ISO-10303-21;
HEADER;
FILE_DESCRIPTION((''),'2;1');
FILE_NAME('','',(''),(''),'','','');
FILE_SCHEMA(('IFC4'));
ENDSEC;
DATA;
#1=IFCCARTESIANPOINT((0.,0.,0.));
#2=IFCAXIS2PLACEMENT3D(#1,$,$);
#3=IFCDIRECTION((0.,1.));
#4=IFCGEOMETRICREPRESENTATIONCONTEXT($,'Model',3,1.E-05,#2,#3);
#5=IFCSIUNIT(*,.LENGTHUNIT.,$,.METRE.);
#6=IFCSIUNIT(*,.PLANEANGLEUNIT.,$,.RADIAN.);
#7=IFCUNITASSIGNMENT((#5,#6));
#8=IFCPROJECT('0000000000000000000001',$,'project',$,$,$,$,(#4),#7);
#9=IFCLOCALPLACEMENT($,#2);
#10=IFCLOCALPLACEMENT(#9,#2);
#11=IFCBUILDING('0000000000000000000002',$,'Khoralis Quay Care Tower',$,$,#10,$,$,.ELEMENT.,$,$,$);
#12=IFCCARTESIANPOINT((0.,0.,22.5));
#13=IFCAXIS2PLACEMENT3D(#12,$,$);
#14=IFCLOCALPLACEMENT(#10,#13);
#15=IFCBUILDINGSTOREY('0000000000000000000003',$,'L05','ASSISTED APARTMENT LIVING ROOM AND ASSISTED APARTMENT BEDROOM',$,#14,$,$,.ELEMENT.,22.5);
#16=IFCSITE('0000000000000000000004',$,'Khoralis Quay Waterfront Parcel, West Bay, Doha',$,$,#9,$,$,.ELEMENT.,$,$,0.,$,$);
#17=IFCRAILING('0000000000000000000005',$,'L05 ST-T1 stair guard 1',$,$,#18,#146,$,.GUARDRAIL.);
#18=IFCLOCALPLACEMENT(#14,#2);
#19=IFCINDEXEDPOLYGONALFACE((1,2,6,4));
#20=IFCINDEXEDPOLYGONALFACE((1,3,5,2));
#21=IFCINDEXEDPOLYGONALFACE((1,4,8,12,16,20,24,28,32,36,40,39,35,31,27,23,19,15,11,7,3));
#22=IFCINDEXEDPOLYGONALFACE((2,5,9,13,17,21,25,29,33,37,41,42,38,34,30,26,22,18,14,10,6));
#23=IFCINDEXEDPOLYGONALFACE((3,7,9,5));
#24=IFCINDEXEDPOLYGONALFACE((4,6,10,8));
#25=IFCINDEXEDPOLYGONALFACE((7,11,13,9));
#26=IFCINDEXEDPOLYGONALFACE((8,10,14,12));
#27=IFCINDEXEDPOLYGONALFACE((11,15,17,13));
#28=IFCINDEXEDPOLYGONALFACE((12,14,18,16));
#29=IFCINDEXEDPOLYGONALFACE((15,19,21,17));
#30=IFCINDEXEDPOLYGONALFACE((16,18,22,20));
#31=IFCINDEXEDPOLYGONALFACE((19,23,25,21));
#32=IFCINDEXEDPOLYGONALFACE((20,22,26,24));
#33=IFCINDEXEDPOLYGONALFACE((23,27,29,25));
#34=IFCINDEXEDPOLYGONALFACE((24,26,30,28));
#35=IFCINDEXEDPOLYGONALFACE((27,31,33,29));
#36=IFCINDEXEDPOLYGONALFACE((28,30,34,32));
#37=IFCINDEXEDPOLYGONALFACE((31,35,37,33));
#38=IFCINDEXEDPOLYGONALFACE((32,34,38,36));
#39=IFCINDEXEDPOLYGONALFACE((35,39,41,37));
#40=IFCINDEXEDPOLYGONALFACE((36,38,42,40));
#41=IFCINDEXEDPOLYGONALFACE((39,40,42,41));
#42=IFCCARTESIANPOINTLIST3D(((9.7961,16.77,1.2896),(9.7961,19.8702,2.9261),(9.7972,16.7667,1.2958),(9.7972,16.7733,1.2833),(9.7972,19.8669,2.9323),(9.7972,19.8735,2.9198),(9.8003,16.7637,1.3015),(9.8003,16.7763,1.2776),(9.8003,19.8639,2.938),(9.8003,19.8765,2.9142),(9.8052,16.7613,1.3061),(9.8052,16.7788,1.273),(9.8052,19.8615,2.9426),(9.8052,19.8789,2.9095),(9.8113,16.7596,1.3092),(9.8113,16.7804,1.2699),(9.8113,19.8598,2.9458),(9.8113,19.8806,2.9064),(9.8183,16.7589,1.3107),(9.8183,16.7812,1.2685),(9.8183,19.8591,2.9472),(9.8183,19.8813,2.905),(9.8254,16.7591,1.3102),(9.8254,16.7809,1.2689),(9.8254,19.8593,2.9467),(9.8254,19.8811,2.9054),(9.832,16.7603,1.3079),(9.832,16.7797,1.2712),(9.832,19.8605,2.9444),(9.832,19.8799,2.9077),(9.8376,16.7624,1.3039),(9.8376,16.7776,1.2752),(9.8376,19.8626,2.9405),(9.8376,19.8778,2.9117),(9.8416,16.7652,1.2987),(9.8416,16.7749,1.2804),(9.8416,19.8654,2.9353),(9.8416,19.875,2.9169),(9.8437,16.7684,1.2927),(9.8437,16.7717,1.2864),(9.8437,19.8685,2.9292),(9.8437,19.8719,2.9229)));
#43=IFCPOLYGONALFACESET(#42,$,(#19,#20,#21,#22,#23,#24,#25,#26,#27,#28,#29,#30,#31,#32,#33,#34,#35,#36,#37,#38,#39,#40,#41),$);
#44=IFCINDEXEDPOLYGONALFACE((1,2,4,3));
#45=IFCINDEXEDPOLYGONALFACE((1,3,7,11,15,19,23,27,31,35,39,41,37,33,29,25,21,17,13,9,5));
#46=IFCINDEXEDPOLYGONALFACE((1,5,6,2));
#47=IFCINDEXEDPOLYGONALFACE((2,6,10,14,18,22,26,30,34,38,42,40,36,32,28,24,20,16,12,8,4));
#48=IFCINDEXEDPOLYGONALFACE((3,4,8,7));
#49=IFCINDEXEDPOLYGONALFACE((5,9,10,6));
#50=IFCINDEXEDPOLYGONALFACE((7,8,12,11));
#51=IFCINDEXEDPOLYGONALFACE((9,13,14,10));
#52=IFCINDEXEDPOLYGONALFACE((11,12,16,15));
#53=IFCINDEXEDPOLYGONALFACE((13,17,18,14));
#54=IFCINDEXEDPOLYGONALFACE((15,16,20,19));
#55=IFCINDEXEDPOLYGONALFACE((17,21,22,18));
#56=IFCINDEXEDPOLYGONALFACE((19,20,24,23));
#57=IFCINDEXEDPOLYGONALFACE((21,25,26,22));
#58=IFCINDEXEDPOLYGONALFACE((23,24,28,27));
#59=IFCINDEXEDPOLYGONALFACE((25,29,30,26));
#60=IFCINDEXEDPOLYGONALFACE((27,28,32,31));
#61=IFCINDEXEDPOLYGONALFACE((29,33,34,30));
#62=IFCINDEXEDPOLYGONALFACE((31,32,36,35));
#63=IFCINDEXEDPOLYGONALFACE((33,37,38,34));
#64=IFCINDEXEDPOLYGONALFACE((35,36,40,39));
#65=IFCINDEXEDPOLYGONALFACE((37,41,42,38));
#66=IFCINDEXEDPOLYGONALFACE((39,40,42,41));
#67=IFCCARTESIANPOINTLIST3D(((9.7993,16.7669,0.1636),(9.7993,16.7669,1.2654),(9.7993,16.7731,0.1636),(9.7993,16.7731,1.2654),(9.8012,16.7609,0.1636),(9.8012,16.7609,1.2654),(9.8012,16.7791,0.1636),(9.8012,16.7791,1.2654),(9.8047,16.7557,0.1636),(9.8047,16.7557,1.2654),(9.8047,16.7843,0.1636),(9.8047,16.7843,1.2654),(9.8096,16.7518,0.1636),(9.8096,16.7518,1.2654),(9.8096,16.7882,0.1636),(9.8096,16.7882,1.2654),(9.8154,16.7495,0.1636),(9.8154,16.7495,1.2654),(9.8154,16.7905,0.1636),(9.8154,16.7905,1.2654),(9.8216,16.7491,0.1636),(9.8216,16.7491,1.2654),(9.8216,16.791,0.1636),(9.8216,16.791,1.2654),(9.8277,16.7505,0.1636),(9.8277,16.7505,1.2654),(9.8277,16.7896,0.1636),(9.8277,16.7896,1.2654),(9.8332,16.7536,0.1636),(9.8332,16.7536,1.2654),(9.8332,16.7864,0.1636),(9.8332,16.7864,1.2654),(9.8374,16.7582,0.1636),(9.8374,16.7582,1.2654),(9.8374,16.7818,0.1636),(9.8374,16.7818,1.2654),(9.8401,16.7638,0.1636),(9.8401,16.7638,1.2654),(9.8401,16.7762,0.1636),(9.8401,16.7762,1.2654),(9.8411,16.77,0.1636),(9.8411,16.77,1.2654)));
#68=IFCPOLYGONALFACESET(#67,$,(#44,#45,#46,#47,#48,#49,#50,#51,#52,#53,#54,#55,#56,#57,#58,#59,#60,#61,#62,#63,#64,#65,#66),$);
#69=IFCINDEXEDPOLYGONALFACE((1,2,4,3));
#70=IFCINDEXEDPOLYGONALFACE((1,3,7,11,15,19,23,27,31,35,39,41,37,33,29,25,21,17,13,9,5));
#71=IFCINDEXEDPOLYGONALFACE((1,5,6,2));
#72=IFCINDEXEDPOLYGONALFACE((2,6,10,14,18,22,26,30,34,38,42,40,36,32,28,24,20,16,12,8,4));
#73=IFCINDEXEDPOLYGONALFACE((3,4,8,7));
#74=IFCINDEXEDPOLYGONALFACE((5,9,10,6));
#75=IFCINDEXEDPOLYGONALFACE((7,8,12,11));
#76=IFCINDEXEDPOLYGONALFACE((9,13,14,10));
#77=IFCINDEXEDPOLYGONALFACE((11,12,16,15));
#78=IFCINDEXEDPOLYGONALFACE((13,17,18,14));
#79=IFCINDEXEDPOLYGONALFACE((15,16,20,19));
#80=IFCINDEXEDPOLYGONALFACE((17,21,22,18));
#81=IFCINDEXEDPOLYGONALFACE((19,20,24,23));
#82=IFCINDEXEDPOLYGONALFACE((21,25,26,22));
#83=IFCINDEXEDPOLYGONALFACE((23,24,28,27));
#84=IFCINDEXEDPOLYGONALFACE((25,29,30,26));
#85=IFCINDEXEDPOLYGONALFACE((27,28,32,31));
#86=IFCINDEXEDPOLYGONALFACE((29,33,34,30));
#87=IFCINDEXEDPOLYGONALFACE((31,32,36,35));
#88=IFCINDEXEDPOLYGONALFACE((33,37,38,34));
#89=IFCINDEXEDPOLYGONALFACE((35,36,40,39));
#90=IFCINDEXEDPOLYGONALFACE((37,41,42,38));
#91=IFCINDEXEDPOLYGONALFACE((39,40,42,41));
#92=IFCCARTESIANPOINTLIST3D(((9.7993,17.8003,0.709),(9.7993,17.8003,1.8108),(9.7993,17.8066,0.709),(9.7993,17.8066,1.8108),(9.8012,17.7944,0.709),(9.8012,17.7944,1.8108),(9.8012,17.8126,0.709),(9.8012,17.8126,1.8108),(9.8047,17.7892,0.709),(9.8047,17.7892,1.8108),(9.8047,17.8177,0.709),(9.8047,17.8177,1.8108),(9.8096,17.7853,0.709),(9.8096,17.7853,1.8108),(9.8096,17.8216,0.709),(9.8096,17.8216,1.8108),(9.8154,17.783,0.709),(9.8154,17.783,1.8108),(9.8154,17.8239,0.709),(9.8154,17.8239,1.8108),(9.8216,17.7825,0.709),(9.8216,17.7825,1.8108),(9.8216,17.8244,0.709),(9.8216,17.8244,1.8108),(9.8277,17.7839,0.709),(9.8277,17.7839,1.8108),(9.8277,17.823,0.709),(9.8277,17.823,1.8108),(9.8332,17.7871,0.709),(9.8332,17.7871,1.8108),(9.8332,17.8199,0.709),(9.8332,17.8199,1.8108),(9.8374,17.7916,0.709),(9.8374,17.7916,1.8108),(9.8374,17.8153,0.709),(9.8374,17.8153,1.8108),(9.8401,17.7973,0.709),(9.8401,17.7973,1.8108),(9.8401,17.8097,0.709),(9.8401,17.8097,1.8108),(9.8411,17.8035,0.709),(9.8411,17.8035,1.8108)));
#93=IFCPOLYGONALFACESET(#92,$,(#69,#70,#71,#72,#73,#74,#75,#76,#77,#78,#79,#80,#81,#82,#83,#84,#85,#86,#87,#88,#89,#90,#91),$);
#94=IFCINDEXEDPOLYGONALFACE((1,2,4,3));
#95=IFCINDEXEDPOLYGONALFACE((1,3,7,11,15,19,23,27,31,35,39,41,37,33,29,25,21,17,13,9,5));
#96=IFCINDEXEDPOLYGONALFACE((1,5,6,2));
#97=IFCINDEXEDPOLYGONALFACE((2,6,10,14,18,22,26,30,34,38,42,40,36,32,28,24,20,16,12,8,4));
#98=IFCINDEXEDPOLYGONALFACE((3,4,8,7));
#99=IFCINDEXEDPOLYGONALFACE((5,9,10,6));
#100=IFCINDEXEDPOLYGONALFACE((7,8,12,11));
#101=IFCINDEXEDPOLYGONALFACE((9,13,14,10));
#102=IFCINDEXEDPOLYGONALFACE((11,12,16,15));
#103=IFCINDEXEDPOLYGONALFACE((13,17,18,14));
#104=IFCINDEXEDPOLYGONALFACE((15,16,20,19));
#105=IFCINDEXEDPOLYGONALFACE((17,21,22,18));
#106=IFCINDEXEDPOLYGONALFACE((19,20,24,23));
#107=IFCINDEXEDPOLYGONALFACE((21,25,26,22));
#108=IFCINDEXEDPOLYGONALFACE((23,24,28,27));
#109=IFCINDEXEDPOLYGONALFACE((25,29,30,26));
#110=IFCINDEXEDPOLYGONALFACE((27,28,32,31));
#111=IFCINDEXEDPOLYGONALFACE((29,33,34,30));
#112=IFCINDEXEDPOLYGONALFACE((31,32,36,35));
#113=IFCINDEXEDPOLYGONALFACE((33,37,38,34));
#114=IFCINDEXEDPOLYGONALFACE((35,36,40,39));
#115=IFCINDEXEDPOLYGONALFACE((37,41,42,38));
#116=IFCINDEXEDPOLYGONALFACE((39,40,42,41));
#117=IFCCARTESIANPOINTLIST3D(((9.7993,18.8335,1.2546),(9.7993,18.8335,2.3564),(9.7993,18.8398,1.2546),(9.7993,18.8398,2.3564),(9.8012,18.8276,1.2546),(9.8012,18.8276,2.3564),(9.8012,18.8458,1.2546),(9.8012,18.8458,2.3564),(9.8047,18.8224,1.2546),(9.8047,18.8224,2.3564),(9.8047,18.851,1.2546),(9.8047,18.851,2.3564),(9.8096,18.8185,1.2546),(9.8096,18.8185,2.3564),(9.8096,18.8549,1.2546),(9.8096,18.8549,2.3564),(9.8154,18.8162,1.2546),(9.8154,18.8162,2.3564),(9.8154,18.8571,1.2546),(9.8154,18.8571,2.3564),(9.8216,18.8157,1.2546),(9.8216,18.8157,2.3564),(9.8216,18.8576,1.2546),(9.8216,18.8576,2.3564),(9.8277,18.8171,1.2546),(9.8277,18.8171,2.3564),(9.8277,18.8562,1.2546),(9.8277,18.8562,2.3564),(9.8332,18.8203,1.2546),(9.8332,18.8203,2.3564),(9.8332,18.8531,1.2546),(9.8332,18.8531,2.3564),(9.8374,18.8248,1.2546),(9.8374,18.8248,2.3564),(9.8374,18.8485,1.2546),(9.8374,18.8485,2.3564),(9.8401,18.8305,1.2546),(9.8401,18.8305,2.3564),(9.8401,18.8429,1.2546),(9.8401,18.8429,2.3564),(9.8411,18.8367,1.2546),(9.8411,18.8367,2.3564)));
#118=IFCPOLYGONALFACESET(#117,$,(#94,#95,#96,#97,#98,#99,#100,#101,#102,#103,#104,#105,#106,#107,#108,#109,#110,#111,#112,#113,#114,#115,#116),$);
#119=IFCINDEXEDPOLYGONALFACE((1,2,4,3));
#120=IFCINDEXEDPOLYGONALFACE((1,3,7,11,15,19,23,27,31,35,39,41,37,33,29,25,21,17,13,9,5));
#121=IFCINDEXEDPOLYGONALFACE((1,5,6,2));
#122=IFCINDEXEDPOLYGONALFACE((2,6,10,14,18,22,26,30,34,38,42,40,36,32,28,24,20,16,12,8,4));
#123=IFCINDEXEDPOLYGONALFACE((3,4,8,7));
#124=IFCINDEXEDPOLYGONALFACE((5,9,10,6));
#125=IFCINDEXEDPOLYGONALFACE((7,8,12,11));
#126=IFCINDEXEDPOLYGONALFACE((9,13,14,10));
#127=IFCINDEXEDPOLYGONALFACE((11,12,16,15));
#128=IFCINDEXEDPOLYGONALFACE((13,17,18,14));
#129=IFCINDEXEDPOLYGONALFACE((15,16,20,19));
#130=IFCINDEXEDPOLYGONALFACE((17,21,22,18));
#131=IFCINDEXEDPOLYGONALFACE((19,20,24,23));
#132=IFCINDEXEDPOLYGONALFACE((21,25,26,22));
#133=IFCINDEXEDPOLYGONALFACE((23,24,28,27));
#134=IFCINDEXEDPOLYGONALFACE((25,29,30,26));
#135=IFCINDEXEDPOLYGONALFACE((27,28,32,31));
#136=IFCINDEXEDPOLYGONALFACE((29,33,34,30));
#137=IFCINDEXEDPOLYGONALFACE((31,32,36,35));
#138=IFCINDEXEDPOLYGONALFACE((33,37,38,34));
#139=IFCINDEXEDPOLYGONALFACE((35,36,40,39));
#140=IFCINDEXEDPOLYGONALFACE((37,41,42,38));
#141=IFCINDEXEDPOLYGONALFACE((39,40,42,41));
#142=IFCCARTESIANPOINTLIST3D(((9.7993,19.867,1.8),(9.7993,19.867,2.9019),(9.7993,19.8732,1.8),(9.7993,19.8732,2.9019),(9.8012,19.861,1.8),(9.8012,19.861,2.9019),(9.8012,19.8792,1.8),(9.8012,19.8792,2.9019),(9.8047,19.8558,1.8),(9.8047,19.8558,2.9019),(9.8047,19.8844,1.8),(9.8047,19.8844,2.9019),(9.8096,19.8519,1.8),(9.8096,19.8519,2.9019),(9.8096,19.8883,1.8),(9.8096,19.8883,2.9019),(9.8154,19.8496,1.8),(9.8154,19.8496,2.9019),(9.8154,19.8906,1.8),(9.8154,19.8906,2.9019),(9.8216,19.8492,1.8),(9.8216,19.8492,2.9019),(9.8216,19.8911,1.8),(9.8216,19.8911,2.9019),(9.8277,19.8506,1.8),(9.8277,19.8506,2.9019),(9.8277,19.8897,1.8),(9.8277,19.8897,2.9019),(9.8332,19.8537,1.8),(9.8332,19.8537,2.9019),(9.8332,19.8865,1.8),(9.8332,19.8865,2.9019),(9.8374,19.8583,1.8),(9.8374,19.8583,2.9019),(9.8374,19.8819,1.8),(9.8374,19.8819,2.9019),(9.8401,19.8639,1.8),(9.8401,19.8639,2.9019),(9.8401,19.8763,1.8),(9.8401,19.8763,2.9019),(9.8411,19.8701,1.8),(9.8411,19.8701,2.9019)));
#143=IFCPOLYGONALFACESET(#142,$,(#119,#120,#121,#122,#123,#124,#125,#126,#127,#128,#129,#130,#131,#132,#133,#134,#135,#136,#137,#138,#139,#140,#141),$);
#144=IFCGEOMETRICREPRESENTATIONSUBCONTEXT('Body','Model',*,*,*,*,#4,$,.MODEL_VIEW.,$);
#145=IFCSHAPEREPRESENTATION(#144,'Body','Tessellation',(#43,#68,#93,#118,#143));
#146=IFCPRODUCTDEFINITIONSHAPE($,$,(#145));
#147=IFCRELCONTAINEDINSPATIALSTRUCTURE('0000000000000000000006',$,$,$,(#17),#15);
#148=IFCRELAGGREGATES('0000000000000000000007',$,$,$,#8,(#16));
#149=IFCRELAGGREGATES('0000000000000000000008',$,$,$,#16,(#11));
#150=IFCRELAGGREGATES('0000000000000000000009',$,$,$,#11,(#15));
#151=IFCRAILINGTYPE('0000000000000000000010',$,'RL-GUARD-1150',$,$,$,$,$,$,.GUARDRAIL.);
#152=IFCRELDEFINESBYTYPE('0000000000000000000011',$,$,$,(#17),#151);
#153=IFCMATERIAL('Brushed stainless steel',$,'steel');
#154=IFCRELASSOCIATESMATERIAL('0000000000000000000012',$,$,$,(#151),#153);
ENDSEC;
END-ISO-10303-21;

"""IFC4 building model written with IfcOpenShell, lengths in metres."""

from ifc_helpers import new_model, si_unit, direction, frame, origin, origin_2d, place, context, subcontext, project, spatial, circle, extrude, material, type_object, element, save


model = new_model("IFC4")

# Units and contexts
model_context = context("Model", 3, precision=1e-05, world=origin(), true_north=direction((0.0, 1.0)))
body_context = subcontext(model_context, "Body", "Model", "MODEL_VIEW")
ifc_project = project(units=[si_unit("LENGTHUNIT", "METRE"), si_unit("PLANEANGLEUNIT", "RADIAN")], contexts=[model_context])

# Site, building, storey
site_placement = place(None, origin())
site = spatial("IfcSite", under=ifc_project, at=site_placement, Name="Khoralis Quay Waterfront Parcel, West Bay, Doha", CompositionType="ELEMENT", RefElevation=0.0)
building_placement = place(site_placement, origin())
building = spatial("IfcBuilding", under=site, at=building_placement, Name="Khoralis Quay Care Tower", CompositionType="ELEMENT")
storey_placement = place(building_placement, frame((0.0, 0.0, 22.5)))
storey = spatial("IfcBuildingStorey", under=building, at=storey_placement, Name="L05", Description="ASSISTED APARTMENT LIVING ROOM AND ASSISTED APARTMENT BEDROOM", CompositionType="ELEMENT", Elevation=22.5)

# Shared definitions
ifc_material_1 = material(Name="Brushed stainless steel", Category="steel")

# Railing
railing_type_1 = type_object("IfcRailingType", Name="RL-GUARD-1150", PredefinedType="GUARDRAIL", material=ifc_material_1)
railing_1_placement = place(storey_placement, frame((9.8201, 16.77, 0.1636)))
element("IfcRailing", 1, at=railing_1_placement, inside=storey, type_object=railing_type_1, Name="L05 ST-T1 stair guard 1", PredefinedType="GUARDRAIL", context=body_context, shape_type="SweptSolid", body=[
    extrude(circle(Radius=0.0239, at=origin_2d()), frame((0.0, 0.0, 1.126), z_axis=(0.0, 0.884348, 0.466828), x_axis=(-1.0, 0.0, 0.0)), (0.0, 0.0, 1.0), 3.5056),
    extrude(circle(Radius=0.021, at=origin_2d()), origin(), (0.0, 0.0, 1.0), 1.1018),
    extrude(circle(Radius=0.021, at=origin_2d()), frame((0.0, 1.0334, 0.5454)), (0.0, 0.0, 1.0), 1.1018),
    extrude(circle(Radius=0.021, at=origin_2d()), frame((0.0, 2.0667, 1.0911)), (0.0, 0.0, 1.0), 1.1018),
    extrude(circle(Radius=0.021, at=origin_2d()), frame((0.0, 3.1001, 1.6365)), (0.0, 0.0, 1.0), 1.1018),
])

save(model, "model.ifc")
